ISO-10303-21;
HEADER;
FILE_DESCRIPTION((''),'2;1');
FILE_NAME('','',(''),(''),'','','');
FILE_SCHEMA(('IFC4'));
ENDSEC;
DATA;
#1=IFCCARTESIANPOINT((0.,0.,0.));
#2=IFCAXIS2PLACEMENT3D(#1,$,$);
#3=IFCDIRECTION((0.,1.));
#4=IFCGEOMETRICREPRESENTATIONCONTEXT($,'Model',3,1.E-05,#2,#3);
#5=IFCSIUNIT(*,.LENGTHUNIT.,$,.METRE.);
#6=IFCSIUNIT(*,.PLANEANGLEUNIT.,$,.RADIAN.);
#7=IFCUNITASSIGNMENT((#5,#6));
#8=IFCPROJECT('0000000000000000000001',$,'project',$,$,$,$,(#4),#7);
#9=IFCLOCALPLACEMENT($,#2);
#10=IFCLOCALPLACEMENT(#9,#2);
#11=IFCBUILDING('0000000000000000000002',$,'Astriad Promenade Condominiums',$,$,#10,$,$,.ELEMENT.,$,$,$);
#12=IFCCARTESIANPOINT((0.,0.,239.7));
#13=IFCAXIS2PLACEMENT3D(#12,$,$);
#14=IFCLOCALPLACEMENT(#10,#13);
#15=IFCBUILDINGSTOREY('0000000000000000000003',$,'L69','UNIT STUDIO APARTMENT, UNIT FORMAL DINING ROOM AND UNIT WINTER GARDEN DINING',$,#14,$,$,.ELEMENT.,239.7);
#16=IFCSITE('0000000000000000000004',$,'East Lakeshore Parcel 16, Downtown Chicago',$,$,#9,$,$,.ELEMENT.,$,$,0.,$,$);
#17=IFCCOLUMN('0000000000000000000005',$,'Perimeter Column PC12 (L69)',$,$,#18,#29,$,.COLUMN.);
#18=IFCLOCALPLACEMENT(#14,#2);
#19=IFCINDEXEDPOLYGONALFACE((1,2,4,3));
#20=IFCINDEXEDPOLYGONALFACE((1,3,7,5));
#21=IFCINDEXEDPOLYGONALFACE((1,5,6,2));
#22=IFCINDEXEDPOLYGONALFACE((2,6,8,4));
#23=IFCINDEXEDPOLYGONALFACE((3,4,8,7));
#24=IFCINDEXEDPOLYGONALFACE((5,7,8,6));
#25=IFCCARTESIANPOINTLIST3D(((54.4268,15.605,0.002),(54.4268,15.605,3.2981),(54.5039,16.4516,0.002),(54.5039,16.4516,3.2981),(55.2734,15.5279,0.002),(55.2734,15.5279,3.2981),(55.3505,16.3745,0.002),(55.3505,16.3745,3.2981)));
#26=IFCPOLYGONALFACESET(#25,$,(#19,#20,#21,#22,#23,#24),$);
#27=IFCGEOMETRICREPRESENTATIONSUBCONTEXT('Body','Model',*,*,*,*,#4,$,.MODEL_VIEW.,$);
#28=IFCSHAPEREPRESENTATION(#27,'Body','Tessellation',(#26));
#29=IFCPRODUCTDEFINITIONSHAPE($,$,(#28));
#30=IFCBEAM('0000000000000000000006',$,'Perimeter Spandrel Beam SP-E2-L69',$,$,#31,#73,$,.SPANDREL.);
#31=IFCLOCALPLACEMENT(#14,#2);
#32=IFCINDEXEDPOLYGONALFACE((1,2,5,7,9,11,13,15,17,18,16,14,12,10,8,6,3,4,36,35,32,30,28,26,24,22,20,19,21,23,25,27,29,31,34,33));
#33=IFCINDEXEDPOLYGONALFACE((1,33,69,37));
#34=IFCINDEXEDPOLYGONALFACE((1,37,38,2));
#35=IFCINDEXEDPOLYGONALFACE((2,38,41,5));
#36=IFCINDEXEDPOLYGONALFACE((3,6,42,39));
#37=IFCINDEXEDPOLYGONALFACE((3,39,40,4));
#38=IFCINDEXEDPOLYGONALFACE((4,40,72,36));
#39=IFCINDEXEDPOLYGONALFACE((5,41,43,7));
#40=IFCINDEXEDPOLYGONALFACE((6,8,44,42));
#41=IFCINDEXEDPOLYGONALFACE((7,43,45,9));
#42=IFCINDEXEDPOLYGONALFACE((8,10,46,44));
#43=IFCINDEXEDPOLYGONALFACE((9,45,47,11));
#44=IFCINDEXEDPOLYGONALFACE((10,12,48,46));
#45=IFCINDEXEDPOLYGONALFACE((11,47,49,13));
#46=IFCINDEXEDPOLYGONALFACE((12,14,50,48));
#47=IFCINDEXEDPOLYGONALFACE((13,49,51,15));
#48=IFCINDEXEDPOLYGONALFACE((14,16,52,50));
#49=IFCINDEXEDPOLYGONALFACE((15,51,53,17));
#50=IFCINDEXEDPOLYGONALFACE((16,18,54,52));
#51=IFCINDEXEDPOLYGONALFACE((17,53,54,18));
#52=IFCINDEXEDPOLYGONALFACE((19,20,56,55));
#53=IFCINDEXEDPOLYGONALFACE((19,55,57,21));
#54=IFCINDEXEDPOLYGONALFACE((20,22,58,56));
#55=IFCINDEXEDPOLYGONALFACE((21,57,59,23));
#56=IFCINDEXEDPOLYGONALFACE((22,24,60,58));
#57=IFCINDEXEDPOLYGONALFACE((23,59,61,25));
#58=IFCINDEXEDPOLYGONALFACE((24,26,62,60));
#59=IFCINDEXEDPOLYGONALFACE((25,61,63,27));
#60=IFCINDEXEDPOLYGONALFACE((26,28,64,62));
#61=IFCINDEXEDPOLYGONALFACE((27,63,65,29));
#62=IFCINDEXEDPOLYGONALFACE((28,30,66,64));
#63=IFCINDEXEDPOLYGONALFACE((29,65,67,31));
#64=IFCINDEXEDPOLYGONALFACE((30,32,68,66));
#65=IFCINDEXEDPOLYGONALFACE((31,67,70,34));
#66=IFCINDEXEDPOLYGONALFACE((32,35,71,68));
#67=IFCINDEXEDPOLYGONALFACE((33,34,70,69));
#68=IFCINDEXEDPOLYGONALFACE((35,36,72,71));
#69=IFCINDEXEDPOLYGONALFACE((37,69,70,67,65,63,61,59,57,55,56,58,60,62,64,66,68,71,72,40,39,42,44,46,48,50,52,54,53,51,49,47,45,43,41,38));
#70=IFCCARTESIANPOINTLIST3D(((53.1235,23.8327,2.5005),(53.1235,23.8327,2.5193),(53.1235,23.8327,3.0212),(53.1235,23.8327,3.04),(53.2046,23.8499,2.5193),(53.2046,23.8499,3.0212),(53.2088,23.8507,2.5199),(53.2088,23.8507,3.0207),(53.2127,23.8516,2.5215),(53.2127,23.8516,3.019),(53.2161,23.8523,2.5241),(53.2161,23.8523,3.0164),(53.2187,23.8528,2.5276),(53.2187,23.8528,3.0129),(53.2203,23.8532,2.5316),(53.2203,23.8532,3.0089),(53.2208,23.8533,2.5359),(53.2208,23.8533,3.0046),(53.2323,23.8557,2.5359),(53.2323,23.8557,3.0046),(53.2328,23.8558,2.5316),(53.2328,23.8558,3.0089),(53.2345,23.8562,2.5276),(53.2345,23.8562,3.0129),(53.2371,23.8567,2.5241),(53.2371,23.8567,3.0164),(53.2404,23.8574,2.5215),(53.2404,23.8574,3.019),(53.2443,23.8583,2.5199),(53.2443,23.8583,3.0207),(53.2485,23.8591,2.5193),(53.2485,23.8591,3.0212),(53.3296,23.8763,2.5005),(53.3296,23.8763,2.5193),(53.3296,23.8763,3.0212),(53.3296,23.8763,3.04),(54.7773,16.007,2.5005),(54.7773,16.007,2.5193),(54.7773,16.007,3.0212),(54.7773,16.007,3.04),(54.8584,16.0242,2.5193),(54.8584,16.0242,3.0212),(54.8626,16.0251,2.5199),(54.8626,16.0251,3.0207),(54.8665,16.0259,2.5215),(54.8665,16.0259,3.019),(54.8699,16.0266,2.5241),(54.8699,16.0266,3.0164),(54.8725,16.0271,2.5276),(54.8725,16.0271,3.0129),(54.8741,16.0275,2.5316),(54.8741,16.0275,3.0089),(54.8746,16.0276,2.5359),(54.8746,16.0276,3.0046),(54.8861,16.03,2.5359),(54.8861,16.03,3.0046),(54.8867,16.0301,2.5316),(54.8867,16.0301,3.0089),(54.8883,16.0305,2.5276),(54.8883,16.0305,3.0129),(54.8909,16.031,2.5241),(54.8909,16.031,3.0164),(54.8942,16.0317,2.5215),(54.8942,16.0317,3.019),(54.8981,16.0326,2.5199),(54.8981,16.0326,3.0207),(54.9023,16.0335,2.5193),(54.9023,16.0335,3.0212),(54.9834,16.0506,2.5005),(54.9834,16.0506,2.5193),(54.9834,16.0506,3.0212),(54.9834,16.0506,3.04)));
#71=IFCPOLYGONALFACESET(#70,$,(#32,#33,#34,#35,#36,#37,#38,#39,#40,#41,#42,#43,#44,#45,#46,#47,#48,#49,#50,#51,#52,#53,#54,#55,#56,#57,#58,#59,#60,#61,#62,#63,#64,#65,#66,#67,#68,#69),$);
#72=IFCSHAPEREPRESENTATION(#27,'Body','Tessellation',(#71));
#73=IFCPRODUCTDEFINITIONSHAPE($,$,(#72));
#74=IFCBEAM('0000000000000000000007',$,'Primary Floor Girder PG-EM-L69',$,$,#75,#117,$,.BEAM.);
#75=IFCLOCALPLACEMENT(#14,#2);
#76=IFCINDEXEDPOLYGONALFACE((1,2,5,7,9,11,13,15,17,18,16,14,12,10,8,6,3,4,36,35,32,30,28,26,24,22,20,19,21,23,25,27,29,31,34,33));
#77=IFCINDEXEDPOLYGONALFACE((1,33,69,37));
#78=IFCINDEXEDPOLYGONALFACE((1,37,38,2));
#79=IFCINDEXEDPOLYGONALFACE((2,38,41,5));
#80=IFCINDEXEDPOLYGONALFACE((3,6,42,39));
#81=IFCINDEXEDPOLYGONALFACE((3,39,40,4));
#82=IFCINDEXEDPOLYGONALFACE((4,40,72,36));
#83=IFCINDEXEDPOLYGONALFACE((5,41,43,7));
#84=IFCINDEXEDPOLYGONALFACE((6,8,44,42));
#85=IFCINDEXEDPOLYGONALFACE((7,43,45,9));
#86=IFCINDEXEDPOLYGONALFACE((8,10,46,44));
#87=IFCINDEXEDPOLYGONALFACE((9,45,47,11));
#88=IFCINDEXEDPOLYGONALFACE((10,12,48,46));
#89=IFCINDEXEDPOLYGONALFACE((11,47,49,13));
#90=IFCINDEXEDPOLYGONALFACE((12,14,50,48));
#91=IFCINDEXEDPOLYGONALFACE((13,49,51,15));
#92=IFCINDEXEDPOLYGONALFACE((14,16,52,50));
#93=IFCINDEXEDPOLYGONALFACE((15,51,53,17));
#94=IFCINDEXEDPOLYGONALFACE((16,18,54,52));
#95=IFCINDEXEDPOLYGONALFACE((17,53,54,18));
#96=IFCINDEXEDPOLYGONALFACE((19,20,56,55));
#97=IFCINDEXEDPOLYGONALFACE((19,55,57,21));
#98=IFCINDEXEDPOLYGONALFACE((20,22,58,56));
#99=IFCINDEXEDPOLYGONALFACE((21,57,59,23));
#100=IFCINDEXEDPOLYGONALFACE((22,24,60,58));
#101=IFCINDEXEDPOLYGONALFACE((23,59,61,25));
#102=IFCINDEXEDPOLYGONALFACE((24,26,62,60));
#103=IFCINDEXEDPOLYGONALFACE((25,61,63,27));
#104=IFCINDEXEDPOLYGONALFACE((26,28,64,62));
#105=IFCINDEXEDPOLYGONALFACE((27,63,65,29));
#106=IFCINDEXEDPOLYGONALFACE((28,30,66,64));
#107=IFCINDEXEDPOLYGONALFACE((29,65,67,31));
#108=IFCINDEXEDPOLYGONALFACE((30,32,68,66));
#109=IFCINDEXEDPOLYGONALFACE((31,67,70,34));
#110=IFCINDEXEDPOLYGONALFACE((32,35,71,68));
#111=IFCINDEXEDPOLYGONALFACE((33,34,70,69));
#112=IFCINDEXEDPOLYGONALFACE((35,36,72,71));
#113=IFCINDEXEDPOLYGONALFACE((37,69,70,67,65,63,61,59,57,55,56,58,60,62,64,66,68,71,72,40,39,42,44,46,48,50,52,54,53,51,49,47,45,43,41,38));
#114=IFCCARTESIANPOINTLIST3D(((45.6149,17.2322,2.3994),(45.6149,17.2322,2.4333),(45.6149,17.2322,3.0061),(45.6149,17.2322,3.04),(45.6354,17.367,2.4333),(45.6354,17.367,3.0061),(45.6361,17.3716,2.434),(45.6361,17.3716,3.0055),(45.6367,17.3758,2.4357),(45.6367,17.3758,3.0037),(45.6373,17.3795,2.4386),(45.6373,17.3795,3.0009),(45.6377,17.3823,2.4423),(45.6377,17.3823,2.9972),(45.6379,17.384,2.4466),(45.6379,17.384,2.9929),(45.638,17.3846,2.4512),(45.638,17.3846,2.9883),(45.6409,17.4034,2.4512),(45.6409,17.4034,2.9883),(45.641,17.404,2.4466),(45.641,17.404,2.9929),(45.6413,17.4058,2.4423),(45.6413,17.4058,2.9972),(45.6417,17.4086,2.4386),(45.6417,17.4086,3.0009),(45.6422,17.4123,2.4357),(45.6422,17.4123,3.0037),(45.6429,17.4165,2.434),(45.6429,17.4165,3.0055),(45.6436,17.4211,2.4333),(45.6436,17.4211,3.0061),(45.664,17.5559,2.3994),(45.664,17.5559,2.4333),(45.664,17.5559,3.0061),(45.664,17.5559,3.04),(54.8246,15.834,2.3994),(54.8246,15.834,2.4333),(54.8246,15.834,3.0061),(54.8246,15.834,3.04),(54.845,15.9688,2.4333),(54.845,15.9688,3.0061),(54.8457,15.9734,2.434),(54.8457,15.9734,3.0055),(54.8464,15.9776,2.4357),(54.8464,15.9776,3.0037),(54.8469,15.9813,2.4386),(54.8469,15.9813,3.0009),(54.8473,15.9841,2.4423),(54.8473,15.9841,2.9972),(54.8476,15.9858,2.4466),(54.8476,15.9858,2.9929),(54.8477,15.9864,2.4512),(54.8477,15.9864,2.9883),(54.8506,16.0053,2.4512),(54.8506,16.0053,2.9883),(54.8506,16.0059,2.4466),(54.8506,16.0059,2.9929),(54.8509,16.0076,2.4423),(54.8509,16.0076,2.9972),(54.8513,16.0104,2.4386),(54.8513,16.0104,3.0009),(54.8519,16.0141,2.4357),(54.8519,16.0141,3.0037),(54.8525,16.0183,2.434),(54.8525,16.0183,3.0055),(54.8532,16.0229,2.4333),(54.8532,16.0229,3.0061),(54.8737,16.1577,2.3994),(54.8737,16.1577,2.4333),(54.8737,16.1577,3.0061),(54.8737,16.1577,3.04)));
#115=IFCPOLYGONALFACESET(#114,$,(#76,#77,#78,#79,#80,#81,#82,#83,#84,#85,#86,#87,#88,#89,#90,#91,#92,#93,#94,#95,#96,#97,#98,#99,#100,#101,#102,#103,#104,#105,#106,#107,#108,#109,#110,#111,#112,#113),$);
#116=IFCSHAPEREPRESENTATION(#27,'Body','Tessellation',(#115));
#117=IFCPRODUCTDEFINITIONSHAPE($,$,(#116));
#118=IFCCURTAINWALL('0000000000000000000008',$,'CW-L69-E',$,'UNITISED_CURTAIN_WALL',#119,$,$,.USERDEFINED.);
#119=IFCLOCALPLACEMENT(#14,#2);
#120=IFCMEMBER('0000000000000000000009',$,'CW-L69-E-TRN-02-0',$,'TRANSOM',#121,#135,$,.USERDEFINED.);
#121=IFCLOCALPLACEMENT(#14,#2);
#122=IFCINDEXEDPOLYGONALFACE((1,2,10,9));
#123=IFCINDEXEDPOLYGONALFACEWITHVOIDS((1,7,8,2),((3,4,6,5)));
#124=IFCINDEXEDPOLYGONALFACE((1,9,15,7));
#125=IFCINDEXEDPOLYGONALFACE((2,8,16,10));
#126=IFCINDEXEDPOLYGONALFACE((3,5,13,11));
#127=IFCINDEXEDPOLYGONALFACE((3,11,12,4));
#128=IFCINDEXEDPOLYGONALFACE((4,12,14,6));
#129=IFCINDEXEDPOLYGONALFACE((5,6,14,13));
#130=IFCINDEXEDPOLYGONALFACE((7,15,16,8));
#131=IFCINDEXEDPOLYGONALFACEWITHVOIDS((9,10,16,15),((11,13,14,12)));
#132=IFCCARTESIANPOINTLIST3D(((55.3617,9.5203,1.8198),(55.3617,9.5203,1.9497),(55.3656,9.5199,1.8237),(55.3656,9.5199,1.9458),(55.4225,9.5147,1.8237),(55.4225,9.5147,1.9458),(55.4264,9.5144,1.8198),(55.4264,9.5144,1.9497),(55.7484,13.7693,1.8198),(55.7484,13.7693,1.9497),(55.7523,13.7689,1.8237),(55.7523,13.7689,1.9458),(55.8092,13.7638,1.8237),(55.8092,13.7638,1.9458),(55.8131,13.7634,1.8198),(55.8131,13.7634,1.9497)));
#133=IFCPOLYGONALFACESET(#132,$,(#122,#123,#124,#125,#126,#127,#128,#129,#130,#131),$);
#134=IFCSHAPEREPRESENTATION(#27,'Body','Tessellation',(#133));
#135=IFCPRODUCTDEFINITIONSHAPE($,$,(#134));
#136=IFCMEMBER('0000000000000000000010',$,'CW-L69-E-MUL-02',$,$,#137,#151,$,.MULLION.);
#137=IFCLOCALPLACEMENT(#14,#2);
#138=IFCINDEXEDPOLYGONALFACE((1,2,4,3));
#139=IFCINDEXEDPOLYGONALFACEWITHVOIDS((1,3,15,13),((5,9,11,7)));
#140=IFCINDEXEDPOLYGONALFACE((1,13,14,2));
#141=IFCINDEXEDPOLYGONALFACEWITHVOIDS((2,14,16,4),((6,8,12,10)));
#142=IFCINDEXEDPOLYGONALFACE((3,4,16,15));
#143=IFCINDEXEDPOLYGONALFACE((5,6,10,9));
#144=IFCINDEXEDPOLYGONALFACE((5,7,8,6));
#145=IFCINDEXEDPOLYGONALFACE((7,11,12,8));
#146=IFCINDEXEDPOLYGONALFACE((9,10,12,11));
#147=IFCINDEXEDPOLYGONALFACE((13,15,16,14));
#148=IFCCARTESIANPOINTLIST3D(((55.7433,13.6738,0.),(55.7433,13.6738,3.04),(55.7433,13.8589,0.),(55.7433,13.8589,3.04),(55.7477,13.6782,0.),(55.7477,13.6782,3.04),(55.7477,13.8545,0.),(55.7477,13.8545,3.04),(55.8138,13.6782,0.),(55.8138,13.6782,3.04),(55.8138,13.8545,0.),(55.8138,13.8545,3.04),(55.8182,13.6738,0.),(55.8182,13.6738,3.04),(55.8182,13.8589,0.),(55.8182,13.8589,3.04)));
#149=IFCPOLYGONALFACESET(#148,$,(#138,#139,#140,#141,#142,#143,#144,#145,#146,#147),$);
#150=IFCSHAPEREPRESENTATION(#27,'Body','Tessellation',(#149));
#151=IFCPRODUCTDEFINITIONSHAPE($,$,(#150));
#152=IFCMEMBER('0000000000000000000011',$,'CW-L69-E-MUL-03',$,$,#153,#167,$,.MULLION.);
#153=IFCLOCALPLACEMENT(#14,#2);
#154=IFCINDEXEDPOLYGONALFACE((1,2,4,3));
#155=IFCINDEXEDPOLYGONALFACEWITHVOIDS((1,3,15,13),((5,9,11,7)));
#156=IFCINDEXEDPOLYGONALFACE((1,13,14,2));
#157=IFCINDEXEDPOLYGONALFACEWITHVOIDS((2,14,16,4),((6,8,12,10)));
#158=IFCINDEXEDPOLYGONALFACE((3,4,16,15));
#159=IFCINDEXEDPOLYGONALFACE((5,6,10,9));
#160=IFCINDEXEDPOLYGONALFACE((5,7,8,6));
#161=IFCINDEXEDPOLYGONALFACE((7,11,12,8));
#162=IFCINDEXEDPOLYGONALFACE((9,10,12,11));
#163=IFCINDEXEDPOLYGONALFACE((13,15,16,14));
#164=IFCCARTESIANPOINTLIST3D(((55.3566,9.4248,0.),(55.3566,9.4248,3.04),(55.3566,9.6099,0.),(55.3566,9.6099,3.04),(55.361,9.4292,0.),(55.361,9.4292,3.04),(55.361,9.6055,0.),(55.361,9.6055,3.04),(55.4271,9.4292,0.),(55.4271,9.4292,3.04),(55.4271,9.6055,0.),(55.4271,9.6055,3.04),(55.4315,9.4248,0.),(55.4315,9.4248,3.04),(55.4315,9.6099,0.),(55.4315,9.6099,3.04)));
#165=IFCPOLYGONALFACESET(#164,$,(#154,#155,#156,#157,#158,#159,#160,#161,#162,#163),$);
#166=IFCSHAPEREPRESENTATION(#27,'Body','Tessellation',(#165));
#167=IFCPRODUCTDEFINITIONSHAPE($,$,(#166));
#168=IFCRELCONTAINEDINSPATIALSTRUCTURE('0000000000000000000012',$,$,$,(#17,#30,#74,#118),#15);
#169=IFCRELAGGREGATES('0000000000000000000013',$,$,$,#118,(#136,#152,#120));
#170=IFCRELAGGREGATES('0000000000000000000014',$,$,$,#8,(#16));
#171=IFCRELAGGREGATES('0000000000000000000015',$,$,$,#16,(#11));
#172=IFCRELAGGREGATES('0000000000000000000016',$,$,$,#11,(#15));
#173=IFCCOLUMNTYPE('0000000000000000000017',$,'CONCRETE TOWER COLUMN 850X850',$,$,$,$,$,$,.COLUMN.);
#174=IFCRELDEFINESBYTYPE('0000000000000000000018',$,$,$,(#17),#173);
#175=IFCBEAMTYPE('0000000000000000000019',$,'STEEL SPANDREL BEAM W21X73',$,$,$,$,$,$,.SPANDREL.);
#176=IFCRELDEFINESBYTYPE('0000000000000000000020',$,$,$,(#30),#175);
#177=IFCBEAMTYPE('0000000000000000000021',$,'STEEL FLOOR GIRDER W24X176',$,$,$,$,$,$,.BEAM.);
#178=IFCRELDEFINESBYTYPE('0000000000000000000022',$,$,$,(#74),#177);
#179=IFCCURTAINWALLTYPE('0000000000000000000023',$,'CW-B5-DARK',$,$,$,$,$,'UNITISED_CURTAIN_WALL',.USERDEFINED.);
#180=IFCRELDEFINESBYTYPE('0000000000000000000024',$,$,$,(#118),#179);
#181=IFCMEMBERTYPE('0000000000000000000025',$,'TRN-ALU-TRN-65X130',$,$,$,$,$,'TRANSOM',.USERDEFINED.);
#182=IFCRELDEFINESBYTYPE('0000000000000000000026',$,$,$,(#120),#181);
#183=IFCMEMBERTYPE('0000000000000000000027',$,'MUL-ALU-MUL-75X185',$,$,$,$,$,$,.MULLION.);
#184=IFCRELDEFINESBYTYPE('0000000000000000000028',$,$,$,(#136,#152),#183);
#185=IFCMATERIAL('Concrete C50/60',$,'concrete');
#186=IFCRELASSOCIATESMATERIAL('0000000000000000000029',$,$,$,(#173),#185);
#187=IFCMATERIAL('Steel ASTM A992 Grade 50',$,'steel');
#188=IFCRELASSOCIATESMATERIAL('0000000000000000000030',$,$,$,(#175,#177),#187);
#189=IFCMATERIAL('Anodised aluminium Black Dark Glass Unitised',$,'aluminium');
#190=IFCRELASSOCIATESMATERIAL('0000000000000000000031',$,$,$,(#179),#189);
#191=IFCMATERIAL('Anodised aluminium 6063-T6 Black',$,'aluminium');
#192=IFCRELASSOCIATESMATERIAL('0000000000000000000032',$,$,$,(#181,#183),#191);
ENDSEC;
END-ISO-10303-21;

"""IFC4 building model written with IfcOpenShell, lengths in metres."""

from ifc_helpers import new_model, si_unit, direction, frame, origin, origin_2d, place, context, subcontext, project, spatial, rectangle, hollow_rectangle, i_section, extrude, source, transform, mapped, material, material_profile, profile_set, type_object, type_shapes, element, aggregate, save


model = new_model("IFC4")

# Units and contexts
model_context = context("Model", 3, precision=1e-05, world=origin(), true_north=direction((0.0, 1.0)))
body_context = subcontext(model_context, "Body", "Model", "MODEL_VIEW")
ifc_project = project(units=[si_unit("LENGTHUNIT", "METRE"), si_unit("PLANEANGLEUNIT", "RADIAN")], contexts=[model_context])

# Site, building, storey
site_placement = place(None, origin())
site = spatial("IfcSite", under=ifc_project, at=site_placement, Name="East Lakeshore Parcel 16, Downtown Chicago", CompositionType="ELEMENT", RefElevation=0.0)
building_placement = place(site_placement, origin())
building = spatial("IfcBuilding", under=site, at=building_placement, Name="Astriad Promenade Condominiums", CompositionType="ELEMENT")
storey_placement = place(building_placement, frame((0.0, 0.0, 239.7)))
storey = spatial("IfcBuildingStorey", under=building, at=storey_placement, Name="L69", Description="UNIT STUDIO APARTMENT, UNIT FORMAL DINING ROOM AND UNIT WINTER GARDEN DINING", CompositionType="ELEMENT", Elevation=239.7)

# Column
ifc_material_1 = material(Name="Concrete C50/60", Category="concrete")
ifc_material_profile_1 = material_profile(ifc_material_1, rectangle(XDim=0.8501, YDim=0.8501, at=origin_2d()), Name="RC-COL-850X850")
ifc_profile_set_1 = profile_set([ifc_material_profile_1], Name="Concrete C50/60")
column_type = type_object("IfcColumnType", Name="CONCRETE TOWER COLUMN 850X850", PredefinedType="COLUMN", material=ifc_profile_set_1)
shared_shape_1 = source(origin(), body_context, "Body", "SweptSolid", [
    extrude(rectangle(XDim=0.8501, YDim=0.8501, at=origin_2d()), origin(), (0.0, 0.0, 1.0), 3.2961),
])
type_shapes(column_type, [shared_shape_1])
column_placement = place(storey_placement, frame((54.8887, 15.9897, 0.002), z_axis=(0.0, 0.0, 1.0), x_axis=(0.995884, -0.090633, 0.0)))
element("IfcColumn", 1, at=column_placement, inside=storey, type_object=column_type, Name="Perimeter Column PC12 (L69)", PredefinedType="COLUMN", context=body_context, shape_type="MappedRepresentation", body=[
    mapped(shared_shape_1, transform((0.0, 0.0, 0.0), scale=1.0)),
])

# Beams
ifc_material_2 = material(Name="Steel ASTM A992 Grade 50", Category="steel")
ifc_material_profile_2 = material_profile(ifc_material_2, i_section(OverallWidth=0.2107, OverallDepth=0.5396, WebThickness=0.0117, FlangeThickness=0.0188, FilletRadius=0.0166, at=origin_2d()), Name="W21X73")
ifc_profile_set_2 = profile_set([ifc_material_profile_2], Name="Steel ASTM A992 Grade 50")
beam_type_1 = type_object("IfcBeamType", Name="STEEL SPANDREL BEAM W21X73", PredefinedType="SPANDREL", material=ifc_profile_set_2)
shared_shape_2 = source(origin(), body_context, "Body", "SweptSolid", [
    extrude(i_section(OverallWidth=0.2107, OverallDepth=0.5396, WebThickness=0.0117, FlangeThickness=0.0188, FilletRadius=0.0166, at=origin_2d()), origin(), (0.0, 0.0, 1.0), 7.9985),
])
type_shapes(beam_type_1, [shared_shape_2])
beam_1_placement = place(storey_placement, frame((54.8804, 16.0288, 2.7703), z_axis=(-0.206764, 0.978391, 0.0), x_axis=(-0.978391, -0.206764, 0.0)))
element("IfcBeam", 2, at=beam_1_placement, inside=storey, type_object=beam_type_1, Name="Perimeter Spandrel Beam SP-E2-L69", PredefinedType="SPANDREL", context=body_context, shape_type="MappedRepresentation", body=[
    mapped(shared_shape_2, transform((0.0, 0.0, 0.0), scale=1.0)),
])
ifc_material_profile_3 = material_profile(ifc_material_2, i_section(OverallWidth=0.3274, OverallDepth=0.6406, WebThickness=0.019, FlangeThickness=0.0339, FilletRadius=0.0178, at=origin_2d()), Name="W24X176")
ifc_profile_set_3 = profile_set([ifc_material_profile_3], Name="Steel ASTM A992 Grade 50")
beam_type_2 = type_object("IfcBeamType", Name="STEEL FLOOR GIRDER W24X176", PredefinedType="BEAM", material=ifc_profile_set_3)
shared_shape_3 = source(origin(), body_context, "Body", "SweptSolid", [
    extrude(i_section(OverallWidth=0.3274, OverallDepth=0.6406, WebThickness=0.019, FlangeThickness=0.0339, FilletRadius=0.0178, at=origin_2d()), origin(), (0.0, 0.0, 1.0), 9.3152),
])
type_shapes(beam_type_2, [shared_shape_3])
beam_2_placement = place(storey_placement, frame((54.8491, 15.9958, 2.7197), z_axis=(-0.988671, 0.150097, 0.0), x_axis=(-0.150097, -0.988671, 0.0)))
element("IfcBeam", 3, at=beam_2_placement, inside=storey, type_object=beam_type_2, Name="Primary Floor Girder PG-EM-L69", PredefinedType="BEAM", context=body_context, shape_type="MappedRepresentation", body=[
    mapped(shared_shape_3, transform((0.0, 0.0, 0.0), scale=1.0)),
])

# Curtain wall, members
ifc_material_3 = material(Name="Anodised aluminium Black Dark Glass Unitised", Category="aluminium")
curtain_wall_type = type_object("IfcCurtainWallType", Name="CW-B5-DARK", ElementType="UNITISED_CURTAIN_WALL", PredefinedType="USERDEFINED", material=ifc_material_3)
curtain_wall_placement = place(storey_placement, origin())
curtain_wall = element("IfcCurtainWall", 4, at=curtain_wall_placement, inside=storey, type_object=curtain_wall_type, Name="CW-L69-E", ObjectType="UNITISED_CURTAIN_WALL", PredefinedType="USERDEFINED")
ifc_material_4 = material(Name="Anodised aluminium 6063-T6 Black", Category="aluminium")
ifc_material_profile_4 = material_profile(ifc_material_4, hollow_rectangle(XDim=0.0649, YDim=0.1299, WallThickness=0.0039, at=origin_2d()), Name="ALU-TRN-65X130")
ifc_profile_set_4 = profile_set([ifc_material_profile_4], Name="Anodised aluminium 6063-T6 Black")
member_type_1 = type_object("IfcMemberType", Name="TRN-ALU-TRN-65X130", ElementType="TRANSOM", PredefinedType="USERDEFINED", material=ifc_profile_set_4)
shared_shape_4 = source(origin(), body_context, "Body", "SweptSolid", [
    extrude(hollow_rectangle(XDim=0.0649, YDim=0.1299, WallThickness=0.0039, at=origin_2d()), origin(), (0.0, 0.0, 1.0), 4.2666),
])
type_shapes(member_type_1, [shared_shape_4])
member_1_placement = place(storey_placement, frame((55.7808, 13.7664, 1.8848), z_axis=(-0.090639, -0.995884, 0.0), x_axis=(0.995884, -0.090639, 0.0)))
member_1 = element("IfcMember", 5, at=member_1_placement, type_object=member_type_1, Name="CW-L69-E-TRN-02-0", ObjectType="TRANSOM", PredefinedType="USERDEFINED", context=body_context, shape_type="MappedRepresentation", body=[
    mapped(shared_shape_4, transform((0.0, 0.0, 0.0), scale=1.0)),
])
ifc_material_profile_5 = material_profile(ifc_material_4, hollow_rectangle(XDim=0.075, YDim=0.1851, WallThickness=0.0044, at=origin_2d()), Name="ALU-MUL-75X185")
ifc_profile_set_5 = profile_set([ifc_material_profile_5], Name="Anodised aluminium 6063-T6 Black")
member_type_2 = type_object("IfcMemberType", Name="MUL-ALU-MUL-75X185", PredefinedType="MULLION", material=ifc_profile_set_5)
shared_shape_5 = source(origin(), body_context, "Body", "SweptSolid", [
    extrude(hollow_rectangle(XDim=0.075, YDim=0.1851, WallThickness=0.0044, at=origin_2d()), origin(), (0.0, 0.0, 1.0), 3.04),
])
type_shapes(member_type_2, [shared_shape_5])
member_2_placement = place(storey_placement, frame((55.7808, 13.7664, 0.0), z_axis=(0.0, 0.0, 1.0), x_axis=(1.0, 0.0, 0.0)))
member_2 = element("IfcMember", 6, at=member_2_placement, type_object=member_type_2, Name="CW-L69-E-MUL-02", PredefinedType="MULLION", context=body_context, shape_type="MappedRepresentation", body=[
    mapped(shared_shape_5, transform((0.0, 0.0, 0.0), scale=1.0)),
])
member_3_placement = place(storey_placement, frame((55.394, 9.5173, 0.0), z_axis=(0.0, 0.0, 1.0), x_axis=(1.0, 0.0, 0.0)))
member_3 = element("IfcMember", 7, at=member_3_placement, type_object=member_type_2, Name="CW-L69-E-MUL-03", PredefinedType="MULLION", context=body_context, shape_type="MappedRepresentation", body=[
    mapped(shared_shape_5, transform((0.0, 0.0, 0.0), scale=1.0)),
])
aggregate(curtain_wall, [member_2, member_3, member_1])

save(model, "model.ifc")
